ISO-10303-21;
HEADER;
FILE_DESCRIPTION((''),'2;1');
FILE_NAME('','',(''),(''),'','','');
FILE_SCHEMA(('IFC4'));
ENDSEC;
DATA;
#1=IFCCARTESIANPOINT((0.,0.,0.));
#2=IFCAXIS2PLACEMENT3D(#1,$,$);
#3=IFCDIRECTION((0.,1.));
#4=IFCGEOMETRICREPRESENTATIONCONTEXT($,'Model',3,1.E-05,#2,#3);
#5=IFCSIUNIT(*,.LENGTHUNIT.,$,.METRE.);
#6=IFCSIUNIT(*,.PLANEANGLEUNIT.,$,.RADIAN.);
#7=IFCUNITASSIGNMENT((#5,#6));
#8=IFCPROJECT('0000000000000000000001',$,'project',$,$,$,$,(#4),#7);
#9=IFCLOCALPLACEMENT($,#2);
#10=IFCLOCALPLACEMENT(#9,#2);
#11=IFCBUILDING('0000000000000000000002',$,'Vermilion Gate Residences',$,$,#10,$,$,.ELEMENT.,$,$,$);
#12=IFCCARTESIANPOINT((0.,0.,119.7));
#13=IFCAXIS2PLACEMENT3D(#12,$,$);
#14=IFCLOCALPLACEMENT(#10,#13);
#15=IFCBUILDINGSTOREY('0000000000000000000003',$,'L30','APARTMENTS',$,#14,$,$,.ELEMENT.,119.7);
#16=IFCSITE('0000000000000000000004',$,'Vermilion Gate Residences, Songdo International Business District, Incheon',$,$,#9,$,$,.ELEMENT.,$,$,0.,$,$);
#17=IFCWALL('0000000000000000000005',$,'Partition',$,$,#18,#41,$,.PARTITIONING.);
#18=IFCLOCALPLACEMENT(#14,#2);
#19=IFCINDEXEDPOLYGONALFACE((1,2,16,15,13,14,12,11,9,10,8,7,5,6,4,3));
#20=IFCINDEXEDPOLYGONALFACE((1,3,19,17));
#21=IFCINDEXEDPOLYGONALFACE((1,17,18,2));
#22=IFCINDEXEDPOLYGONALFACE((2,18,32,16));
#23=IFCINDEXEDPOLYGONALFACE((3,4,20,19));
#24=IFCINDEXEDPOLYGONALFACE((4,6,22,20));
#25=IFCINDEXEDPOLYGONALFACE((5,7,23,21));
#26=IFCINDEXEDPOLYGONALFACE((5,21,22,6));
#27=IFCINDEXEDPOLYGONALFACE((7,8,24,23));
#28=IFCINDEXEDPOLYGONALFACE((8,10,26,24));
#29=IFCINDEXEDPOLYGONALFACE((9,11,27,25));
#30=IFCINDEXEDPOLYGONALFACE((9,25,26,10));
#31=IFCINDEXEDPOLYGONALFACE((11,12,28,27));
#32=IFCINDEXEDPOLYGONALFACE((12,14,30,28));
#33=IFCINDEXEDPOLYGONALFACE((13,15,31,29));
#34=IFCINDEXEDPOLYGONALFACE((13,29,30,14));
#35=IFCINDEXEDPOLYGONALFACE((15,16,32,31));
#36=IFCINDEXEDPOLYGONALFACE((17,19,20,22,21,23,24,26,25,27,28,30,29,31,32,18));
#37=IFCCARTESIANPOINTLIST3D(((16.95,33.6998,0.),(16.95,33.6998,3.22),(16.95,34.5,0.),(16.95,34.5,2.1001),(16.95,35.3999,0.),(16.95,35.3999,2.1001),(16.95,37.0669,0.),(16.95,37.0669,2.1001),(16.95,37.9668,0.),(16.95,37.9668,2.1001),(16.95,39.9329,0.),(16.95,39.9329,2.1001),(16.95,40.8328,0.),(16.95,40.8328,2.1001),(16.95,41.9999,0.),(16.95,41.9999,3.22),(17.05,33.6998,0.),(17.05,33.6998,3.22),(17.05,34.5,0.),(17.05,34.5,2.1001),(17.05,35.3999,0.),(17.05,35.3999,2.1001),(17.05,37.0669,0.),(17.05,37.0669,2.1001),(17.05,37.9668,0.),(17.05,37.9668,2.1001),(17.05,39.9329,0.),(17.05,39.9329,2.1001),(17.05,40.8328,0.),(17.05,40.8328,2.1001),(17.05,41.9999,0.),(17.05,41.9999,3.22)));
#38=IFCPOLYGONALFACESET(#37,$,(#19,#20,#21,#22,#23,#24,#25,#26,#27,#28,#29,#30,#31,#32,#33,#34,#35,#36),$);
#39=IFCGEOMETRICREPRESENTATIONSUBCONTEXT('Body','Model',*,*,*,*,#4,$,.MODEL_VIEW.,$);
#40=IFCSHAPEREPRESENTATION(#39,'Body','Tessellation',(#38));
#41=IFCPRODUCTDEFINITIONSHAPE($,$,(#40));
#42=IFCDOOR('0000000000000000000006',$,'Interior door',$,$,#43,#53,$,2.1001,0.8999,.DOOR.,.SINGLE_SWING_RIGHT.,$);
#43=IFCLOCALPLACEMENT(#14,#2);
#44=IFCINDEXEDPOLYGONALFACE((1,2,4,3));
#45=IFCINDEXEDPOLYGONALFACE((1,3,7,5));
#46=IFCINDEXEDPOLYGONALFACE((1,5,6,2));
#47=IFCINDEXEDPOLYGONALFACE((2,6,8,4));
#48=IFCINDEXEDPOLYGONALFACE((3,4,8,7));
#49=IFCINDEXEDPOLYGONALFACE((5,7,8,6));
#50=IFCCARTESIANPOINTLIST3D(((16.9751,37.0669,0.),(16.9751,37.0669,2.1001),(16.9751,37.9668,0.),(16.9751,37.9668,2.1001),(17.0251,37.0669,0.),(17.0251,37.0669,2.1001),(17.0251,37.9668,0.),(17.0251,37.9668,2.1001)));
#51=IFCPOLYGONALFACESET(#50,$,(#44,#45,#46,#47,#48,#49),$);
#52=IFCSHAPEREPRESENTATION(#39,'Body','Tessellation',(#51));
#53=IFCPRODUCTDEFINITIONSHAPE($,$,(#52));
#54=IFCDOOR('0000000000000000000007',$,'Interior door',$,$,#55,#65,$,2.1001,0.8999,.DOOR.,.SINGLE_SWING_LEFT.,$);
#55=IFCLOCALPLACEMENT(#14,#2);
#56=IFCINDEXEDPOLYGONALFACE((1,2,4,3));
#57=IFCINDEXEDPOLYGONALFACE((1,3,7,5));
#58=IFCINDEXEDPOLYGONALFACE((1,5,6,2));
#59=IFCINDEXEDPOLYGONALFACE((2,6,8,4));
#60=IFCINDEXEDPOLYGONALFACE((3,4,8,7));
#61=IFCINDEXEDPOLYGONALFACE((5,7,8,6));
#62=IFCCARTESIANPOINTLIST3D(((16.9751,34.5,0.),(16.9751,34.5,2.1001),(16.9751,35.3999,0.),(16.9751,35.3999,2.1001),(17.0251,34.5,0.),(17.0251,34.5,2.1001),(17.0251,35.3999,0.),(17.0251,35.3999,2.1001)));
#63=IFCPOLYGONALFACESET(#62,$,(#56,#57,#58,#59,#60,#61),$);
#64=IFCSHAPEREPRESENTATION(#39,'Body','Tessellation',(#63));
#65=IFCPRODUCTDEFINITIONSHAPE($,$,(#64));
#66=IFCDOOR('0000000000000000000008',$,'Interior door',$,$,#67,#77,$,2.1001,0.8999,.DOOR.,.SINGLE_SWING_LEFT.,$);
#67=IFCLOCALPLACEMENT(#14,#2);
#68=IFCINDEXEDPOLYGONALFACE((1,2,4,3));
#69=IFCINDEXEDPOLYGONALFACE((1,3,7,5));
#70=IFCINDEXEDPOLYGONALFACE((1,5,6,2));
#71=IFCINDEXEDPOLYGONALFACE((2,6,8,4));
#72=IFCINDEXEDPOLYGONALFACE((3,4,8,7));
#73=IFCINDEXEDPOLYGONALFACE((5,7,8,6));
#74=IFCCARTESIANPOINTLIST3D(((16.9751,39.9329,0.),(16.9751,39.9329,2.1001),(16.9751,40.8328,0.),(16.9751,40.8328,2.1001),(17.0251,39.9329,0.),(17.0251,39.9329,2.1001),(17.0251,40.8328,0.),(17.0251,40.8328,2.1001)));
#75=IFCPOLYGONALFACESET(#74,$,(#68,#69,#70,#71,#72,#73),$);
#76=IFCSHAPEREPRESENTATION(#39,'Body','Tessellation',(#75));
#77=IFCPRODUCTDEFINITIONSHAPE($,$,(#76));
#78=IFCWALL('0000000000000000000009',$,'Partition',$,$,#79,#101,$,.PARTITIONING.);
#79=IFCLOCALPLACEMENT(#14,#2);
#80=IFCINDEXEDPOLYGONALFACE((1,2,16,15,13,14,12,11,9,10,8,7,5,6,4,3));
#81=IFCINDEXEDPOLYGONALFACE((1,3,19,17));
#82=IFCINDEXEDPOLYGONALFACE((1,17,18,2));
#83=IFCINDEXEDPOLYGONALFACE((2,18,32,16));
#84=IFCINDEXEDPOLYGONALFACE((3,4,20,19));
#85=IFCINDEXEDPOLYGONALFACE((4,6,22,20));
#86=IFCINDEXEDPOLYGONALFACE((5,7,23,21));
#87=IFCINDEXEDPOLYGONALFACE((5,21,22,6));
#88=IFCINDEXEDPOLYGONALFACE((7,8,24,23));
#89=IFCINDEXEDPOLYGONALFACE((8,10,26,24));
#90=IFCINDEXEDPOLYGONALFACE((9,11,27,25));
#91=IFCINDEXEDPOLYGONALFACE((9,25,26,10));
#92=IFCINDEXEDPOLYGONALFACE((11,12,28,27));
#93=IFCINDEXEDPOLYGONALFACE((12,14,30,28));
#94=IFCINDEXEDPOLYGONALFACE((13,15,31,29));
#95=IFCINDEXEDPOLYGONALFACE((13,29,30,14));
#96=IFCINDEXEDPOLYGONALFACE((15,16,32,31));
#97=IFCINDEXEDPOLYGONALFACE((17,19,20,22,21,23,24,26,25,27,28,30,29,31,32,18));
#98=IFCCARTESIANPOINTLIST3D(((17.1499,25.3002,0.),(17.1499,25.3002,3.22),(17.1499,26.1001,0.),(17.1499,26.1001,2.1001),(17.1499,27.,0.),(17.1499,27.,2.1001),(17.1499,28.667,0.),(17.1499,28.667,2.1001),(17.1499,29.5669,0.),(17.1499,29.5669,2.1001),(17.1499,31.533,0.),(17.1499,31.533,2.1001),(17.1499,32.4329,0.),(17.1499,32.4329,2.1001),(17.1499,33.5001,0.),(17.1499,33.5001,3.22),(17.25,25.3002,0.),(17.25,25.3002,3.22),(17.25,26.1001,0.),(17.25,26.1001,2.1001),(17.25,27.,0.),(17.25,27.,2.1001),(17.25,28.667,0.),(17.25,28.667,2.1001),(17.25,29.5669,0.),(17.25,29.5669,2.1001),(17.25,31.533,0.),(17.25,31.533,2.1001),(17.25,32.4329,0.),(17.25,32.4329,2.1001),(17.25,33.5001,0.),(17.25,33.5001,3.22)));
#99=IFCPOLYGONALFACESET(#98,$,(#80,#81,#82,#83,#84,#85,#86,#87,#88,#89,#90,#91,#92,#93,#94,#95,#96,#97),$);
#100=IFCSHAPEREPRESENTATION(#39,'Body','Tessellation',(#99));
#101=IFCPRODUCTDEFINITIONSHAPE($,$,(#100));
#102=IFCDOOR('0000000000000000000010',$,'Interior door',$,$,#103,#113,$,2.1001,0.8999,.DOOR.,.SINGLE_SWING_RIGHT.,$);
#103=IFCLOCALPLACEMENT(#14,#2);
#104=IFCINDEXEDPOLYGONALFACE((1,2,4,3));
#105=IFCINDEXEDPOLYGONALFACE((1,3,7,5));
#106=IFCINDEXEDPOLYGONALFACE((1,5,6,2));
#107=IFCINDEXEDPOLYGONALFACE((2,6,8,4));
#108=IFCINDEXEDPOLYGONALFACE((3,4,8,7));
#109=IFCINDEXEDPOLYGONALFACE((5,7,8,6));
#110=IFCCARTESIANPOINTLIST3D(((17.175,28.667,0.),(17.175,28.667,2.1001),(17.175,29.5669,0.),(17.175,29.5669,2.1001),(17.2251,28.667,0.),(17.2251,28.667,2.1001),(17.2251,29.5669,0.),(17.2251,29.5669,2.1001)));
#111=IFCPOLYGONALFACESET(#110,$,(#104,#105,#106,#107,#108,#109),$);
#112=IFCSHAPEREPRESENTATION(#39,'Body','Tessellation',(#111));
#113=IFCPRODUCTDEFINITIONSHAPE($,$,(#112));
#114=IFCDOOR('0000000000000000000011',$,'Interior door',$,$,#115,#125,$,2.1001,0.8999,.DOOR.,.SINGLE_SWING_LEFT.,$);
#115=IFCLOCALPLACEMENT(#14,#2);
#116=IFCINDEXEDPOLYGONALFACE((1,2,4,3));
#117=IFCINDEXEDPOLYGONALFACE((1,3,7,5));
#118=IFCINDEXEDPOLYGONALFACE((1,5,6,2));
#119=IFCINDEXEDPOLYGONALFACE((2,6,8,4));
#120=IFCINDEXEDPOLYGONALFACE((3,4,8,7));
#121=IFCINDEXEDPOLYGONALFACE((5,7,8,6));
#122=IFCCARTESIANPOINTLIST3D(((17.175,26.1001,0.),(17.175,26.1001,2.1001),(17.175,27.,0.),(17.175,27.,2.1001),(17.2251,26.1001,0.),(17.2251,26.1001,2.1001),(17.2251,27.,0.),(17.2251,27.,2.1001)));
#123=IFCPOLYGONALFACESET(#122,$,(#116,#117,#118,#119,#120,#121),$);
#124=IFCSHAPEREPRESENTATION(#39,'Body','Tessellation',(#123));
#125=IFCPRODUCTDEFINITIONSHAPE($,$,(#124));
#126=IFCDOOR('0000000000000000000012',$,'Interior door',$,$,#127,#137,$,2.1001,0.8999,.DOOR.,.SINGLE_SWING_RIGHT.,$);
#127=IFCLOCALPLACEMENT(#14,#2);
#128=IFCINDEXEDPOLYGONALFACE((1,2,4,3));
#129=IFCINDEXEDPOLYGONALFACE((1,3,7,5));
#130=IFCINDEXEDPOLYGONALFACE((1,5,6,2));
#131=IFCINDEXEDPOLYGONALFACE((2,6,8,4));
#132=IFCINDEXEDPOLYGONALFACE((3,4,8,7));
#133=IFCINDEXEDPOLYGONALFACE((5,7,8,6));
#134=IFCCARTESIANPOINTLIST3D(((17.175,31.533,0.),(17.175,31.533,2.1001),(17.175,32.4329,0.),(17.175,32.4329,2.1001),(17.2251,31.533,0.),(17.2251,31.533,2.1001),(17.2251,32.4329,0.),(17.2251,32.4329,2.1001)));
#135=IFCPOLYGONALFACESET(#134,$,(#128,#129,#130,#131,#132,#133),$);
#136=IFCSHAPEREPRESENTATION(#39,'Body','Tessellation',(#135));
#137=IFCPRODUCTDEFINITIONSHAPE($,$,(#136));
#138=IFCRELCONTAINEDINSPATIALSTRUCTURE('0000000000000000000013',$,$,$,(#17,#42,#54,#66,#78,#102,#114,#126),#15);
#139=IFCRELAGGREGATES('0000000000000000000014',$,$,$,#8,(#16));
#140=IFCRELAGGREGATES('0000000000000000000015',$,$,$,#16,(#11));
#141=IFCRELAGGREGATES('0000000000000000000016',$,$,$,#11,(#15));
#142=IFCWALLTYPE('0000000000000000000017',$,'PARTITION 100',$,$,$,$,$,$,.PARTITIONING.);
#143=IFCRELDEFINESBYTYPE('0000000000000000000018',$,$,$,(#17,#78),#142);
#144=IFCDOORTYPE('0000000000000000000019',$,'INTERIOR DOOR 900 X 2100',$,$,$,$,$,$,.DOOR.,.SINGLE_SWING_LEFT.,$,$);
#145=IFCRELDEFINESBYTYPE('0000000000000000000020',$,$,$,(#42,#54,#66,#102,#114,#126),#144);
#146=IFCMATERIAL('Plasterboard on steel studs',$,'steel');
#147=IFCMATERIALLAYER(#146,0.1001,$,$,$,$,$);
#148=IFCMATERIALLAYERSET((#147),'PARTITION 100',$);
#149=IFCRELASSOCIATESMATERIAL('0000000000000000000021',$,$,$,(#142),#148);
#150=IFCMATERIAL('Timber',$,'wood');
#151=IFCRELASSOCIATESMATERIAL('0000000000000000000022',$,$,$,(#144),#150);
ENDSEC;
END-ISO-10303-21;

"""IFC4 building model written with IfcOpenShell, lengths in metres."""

from ifc_helpers import new_model, si_unit, direction, frame, frame_2d, origin, place, context, subcontext, project, spatial, rectangle, extrude, material, layer, layer_set, type_object, element, fill, save


model = new_model("IFC4")

# Units and contexts
model_context = context("Model", 3, precision=1e-05, world=origin(), true_north=direction((0.0, 1.0)))
body_context = subcontext(model_context, "Body", "Model", "MODEL_VIEW")
ifc_project = project(units=[si_unit("LENGTHUNIT", "METRE"), si_unit("PLANEANGLEUNIT", "RADIAN")], contexts=[model_context])

# Site, building, storey
site_placement = place(None, origin())
site = spatial("IfcSite", under=ifc_project, at=site_placement, Name="Vermilion Gate Residences, Songdo International Business District, Incheon", CompositionType="ELEMENT", RefElevation=0.0)
building_placement = place(site_placement, origin())
building = spatial("IfcBuilding", under=site, at=building_placement, Name="Vermilion Gate Residences", CompositionType="ELEMENT")
storey_placement = place(building_placement, frame((0.0, 0.0, 119.7)))
storey = spatial("IfcBuildingStorey", under=building, at=storey_placement, Name="L30", Description="APARTMENTS", CompositionType="ELEMENT", Elevation=119.7)

# Shared definitions
ifc_material_1 = material(Name="Plasterboard on steel studs", Category="steel")
ifc_layer_1 = layer(ifc_material_1, 0.1001)
ifc_layer_set_1 = layer_set([ifc_layer_1], Name="PARTITION 100")
wall_type = type_object("IfcWallType", Name="PARTITION 100", PredefinedType="PARTITIONING", material=ifc_layer_set_1)

# Walls, openings, doors
wall_1_placement = place(storey_placement, frame((17.0, 33.7, 0.0), z_axis=(0.0, 0.0, 1.0), x_axis=(0.0, 1.0, 0.0)))
wall_1 = element("IfcWall", 1, at=wall_1_placement, inside=storey, type_object=wall_type, Name="Partition", PredefinedType="PARTITIONING", context=body_context, shape_type="SweptSolid", body=[
    extrude(rectangle(XDim=8.3, YDim=0.1001, at=frame_2d((4.1499, 0.0))), origin(), (0.0, 0.0, 1.0), 3.22),
])
opening_1_placement = place(wall_1_placement, frame((3.3669, 0.0, 0.0)))
opening_1 = element("IfcOpeningElement", 2, at=opening_1_placement, cuts=wall_1, PredefinedType="OPENING", context=body_context, shape_type="SweptSolid", body=[
    extrude(rectangle(XDim=0.8999, YDim=2.1001, at=frame_2d((0.45, 1.05))), frame((0.0, 0.0601, 0.0), z_axis=(0.0, -1.0, 0.0), x_axis=(1.0, 0.0, 0.0)), (0.0, 0.0, 1.0), 0.1201),
])
opening_2_placement = place(wall_1_placement, frame((0.8, 0.0, 0.0)))
opening_2 = element("IfcOpeningElement", 3, at=opening_2_placement, cuts=wall_1, PredefinedType="OPENING", context=body_context, shape_type="SweptSolid", body=[
    extrude(rectangle(XDim=0.8999, YDim=2.1001, at=frame_2d((0.45, 1.05))), frame((0.0, 0.0601, 0.0), z_axis=(0.0, -1.0, 0.0), x_axis=(1.0, 0.0, 0.0)), (0.0, 0.0, 1.0), 0.1201),
])
opening_3_placement = place(wall_1_placement, frame((6.2329, 0.0, 0.0)))
opening_3 = element("IfcOpeningElement", 4, at=opening_3_placement, cuts=wall_1, PredefinedType="OPENING", context=body_context, shape_type="SweptSolid", body=[
    extrude(rectangle(XDim=0.8999, YDim=2.1001, at=frame_2d((0.45, 1.05))), frame((0.0, 0.0601, 0.0), z_axis=(0.0, -1.0, 0.0), x_axis=(1.0, 0.0, 0.0)), (0.0, 0.0, 1.0), 0.1201),
])
ifc_material_2 = material(Name="Timber", Category="wood")
door_type = type_object("IfcDoorType", Name="INTERIOR DOOR 900 X 2100", OperationType="SINGLE_SWING_LEFT", PredefinedType="DOOR", material=ifc_material_2)
door_1_placement = place(opening_1_placement, origin())
door_1 = element("IfcDoor", 5, at=door_1_placement, inside=storey, type_object=door_type, Name="Interior door", OperationType="SINGLE_SWING_RIGHT", OverallHeight=2.1001, OverallWidth=0.8999, PredefinedType="DOOR", context=body_context, shape_type="SweptSolid", body=[
    extrude(rectangle(XDim=0.8999, YDim=2.1001, at=frame_2d((0.45, 1.05))), frame((0.0, 0.0249, 0.0), z_axis=(0.0, -1.0, 0.0), x_axis=(1.0, 0.0, 0.0)), (0.0, 0.0, 1.0), 0.05),
])
fill(opening_1, door_1)
door_2_placement = place(opening_2_placement, origin())
door_2 = element("IfcDoor", 6, at=door_2_placement, inside=storey, type_object=door_type, Name="Interior door", OperationType="SINGLE_SWING_LEFT", OverallHeight=2.1001, OverallWidth=0.8999, PredefinedType="DOOR", context=body_context, shape_type="SweptSolid", body=[
    extrude(rectangle(XDim=0.8999, YDim=2.1001, at=frame_2d((0.45, 1.05))), frame((0.0, 0.0249, 0.0), z_axis=(0.0, -1.0, 0.0), x_axis=(1.0, 0.0, 0.0)), (0.0, 0.0, 1.0), 0.05),
])
fill(opening_2, door_2)
door_3_placement = place(opening_3_placement, origin())
door_3 = element("IfcDoor", 7, at=door_3_placement, inside=storey, type_object=door_type, Name="Interior door", OperationType="SINGLE_SWING_LEFT", OverallHeight=2.1001, OverallWidth=0.8999, PredefinedType="DOOR", context=body_context, shape_type="SweptSolid", body=[
    extrude(rectangle(XDim=0.8999, YDim=2.1001, at=frame_2d((0.45, 1.05))), frame((0.0, 0.0249, 0.0), z_axis=(0.0, -1.0, 0.0), x_axis=(1.0, 0.0, 0.0)), (0.0, 0.0, 1.0), 0.05),
])
fill(opening_3, door_3)
wall_2_placement = place(storey_placement, frame((17.2, 25.3, 0.0), z_axis=(0.0, 0.0, 1.0), x_axis=(0.0, 1.0, 0.0)))
wall_2 = element("IfcWall", 8, at=wall_2_placement, inside=storey, type_object=wall_type, Name="Partition", PredefinedType="PARTITIONING", context=body_context, shape_type="SweptSolid", body=[
    extrude(rectangle(XDim=8.2, YDim=0.1001, at=frame_2d((4.1001, 0.0))), origin(), (0.0, 0.0, 1.0), 3.22),
])
opening_4_placement = place(wall_2_placement, frame((3.3669, 0.0, 0.0)))
opening_4 = element("IfcOpeningElement", 9, at=opening_4_placement, cuts=wall_2, PredefinedType="OPENING", context=body_context, shape_type="SweptSolid", body=[
    extrude(rectangle(XDim=0.8999, YDim=2.1001, at=frame_2d((0.45, 1.05))), frame((0.0, 0.0601, 0.0), z_axis=(0.0, -1.0, 0.0), x_axis=(1.0, 0.0, 0.0)), (0.0, 0.0, 1.0), 0.1201),
])
opening_5_placement = place(wall_2_placement, frame((0.8, 0.0, 0.0)))
opening_5 = element("IfcOpeningElement", 10, at=opening_5_placement, cuts=wall_2, PredefinedType="OPENING", context=body_context, shape_type="SweptSolid", body=[
    extrude(rectangle(XDim=0.8999, YDim=2.1001, at=frame_2d((0.45, 1.05))), frame((0.0, 0.0601, 0.0), z_axis=(0.0, -1.0, 0.0), x_axis=(1.0, 0.0, 0.0)), (0.0, 0.0, 1.0), 0.1201),
])
opening_6_placement = place(wall_2_placement, frame((6.2329, 0.0, 0.0)))
opening_6 = element("IfcOpeningElement", 11, at=opening_6_placement, cuts=wall_2, PredefinedType="OPENING", context=body_context, shape_type="SweptSolid", body=[
    extrude(rectangle(XDim=0.8999, YDim=2.1001, at=frame_2d((0.45, 1.05))), frame((0.0, 0.0601, 0.0), z_axis=(0.0, -1.0, 0.0), x_axis=(1.0, 0.0, 0.0)), (0.0, 0.0, 1.0), 0.1201),
])
door_4_placement = place(opening_4_placement, origin())
door_4 = element("IfcDoor", 12, at=door_4_placement, inside=storey, type_object=door_type, Name="Interior door", OperationType="SINGLE_SWING_RIGHT", OverallHeight=2.1001, OverallWidth=0.8999, PredefinedType="DOOR", context=body_context, shape_type="SweptSolid", body=[
    extrude(rectangle(XDim=0.8999, YDim=2.1001, at=frame_2d((0.45, 1.05))), frame((0.0, 0.0249, 0.0), z_axis=(0.0, -1.0, 0.0), x_axis=(1.0, 0.0, 0.0)), (0.0, 0.0, 1.0), 0.05),
])
fill(opening_4, door_4)
door_5_placement = place(opening_5_placement, origin())
door_5 = element("IfcDoor", 13, at=door_5_placement, inside=storey, type_object=door_type, Name="Interior door", OperationType="SINGLE_SWING_LEFT", OverallHeight=2.1001, OverallWidth=0.8999, PredefinedType="DOOR", context=body_context, shape_type="SweptSolid", body=[
    extrude(rectangle(XDim=0.8999, YDim=2.1001, at=frame_2d((0.45, 1.05))), frame((0.0, 0.0249, 0.0), z_axis=(0.0, -1.0, 0.0), x_axis=(1.0, 0.0, 0.0)), (0.0, 0.0, 1.0), 0.05),
])
fill(opening_5, door_5)
door_6_placement = place(opening_6_placement, origin())
door_6 = element("IfcDoor", 14, at=door_6_placement, inside=storey, type_object=door_type, Name="Interior door", OperationType="SINGLE_SWING_RIGHT", OverallHeight=2.1001, OverallWidth=0.8999, PredefinedType="DOOR", context=body_context, shape_type="SweptSolid", body=[
    extrude(rectangle(XDim=0.8999, YDim=2.1001, at=frame_2d((0.45, 1.05))), frame((0.0, 0.0249, 0.0), z_axis=(0.0, -1.0, 0.0), x_axis=(1.0, 0.0, 0.0)), (0.0, 0.0, 1.0), 0.05),
])
fill(opening_6, door_6)

save(model, "model.ifc")
